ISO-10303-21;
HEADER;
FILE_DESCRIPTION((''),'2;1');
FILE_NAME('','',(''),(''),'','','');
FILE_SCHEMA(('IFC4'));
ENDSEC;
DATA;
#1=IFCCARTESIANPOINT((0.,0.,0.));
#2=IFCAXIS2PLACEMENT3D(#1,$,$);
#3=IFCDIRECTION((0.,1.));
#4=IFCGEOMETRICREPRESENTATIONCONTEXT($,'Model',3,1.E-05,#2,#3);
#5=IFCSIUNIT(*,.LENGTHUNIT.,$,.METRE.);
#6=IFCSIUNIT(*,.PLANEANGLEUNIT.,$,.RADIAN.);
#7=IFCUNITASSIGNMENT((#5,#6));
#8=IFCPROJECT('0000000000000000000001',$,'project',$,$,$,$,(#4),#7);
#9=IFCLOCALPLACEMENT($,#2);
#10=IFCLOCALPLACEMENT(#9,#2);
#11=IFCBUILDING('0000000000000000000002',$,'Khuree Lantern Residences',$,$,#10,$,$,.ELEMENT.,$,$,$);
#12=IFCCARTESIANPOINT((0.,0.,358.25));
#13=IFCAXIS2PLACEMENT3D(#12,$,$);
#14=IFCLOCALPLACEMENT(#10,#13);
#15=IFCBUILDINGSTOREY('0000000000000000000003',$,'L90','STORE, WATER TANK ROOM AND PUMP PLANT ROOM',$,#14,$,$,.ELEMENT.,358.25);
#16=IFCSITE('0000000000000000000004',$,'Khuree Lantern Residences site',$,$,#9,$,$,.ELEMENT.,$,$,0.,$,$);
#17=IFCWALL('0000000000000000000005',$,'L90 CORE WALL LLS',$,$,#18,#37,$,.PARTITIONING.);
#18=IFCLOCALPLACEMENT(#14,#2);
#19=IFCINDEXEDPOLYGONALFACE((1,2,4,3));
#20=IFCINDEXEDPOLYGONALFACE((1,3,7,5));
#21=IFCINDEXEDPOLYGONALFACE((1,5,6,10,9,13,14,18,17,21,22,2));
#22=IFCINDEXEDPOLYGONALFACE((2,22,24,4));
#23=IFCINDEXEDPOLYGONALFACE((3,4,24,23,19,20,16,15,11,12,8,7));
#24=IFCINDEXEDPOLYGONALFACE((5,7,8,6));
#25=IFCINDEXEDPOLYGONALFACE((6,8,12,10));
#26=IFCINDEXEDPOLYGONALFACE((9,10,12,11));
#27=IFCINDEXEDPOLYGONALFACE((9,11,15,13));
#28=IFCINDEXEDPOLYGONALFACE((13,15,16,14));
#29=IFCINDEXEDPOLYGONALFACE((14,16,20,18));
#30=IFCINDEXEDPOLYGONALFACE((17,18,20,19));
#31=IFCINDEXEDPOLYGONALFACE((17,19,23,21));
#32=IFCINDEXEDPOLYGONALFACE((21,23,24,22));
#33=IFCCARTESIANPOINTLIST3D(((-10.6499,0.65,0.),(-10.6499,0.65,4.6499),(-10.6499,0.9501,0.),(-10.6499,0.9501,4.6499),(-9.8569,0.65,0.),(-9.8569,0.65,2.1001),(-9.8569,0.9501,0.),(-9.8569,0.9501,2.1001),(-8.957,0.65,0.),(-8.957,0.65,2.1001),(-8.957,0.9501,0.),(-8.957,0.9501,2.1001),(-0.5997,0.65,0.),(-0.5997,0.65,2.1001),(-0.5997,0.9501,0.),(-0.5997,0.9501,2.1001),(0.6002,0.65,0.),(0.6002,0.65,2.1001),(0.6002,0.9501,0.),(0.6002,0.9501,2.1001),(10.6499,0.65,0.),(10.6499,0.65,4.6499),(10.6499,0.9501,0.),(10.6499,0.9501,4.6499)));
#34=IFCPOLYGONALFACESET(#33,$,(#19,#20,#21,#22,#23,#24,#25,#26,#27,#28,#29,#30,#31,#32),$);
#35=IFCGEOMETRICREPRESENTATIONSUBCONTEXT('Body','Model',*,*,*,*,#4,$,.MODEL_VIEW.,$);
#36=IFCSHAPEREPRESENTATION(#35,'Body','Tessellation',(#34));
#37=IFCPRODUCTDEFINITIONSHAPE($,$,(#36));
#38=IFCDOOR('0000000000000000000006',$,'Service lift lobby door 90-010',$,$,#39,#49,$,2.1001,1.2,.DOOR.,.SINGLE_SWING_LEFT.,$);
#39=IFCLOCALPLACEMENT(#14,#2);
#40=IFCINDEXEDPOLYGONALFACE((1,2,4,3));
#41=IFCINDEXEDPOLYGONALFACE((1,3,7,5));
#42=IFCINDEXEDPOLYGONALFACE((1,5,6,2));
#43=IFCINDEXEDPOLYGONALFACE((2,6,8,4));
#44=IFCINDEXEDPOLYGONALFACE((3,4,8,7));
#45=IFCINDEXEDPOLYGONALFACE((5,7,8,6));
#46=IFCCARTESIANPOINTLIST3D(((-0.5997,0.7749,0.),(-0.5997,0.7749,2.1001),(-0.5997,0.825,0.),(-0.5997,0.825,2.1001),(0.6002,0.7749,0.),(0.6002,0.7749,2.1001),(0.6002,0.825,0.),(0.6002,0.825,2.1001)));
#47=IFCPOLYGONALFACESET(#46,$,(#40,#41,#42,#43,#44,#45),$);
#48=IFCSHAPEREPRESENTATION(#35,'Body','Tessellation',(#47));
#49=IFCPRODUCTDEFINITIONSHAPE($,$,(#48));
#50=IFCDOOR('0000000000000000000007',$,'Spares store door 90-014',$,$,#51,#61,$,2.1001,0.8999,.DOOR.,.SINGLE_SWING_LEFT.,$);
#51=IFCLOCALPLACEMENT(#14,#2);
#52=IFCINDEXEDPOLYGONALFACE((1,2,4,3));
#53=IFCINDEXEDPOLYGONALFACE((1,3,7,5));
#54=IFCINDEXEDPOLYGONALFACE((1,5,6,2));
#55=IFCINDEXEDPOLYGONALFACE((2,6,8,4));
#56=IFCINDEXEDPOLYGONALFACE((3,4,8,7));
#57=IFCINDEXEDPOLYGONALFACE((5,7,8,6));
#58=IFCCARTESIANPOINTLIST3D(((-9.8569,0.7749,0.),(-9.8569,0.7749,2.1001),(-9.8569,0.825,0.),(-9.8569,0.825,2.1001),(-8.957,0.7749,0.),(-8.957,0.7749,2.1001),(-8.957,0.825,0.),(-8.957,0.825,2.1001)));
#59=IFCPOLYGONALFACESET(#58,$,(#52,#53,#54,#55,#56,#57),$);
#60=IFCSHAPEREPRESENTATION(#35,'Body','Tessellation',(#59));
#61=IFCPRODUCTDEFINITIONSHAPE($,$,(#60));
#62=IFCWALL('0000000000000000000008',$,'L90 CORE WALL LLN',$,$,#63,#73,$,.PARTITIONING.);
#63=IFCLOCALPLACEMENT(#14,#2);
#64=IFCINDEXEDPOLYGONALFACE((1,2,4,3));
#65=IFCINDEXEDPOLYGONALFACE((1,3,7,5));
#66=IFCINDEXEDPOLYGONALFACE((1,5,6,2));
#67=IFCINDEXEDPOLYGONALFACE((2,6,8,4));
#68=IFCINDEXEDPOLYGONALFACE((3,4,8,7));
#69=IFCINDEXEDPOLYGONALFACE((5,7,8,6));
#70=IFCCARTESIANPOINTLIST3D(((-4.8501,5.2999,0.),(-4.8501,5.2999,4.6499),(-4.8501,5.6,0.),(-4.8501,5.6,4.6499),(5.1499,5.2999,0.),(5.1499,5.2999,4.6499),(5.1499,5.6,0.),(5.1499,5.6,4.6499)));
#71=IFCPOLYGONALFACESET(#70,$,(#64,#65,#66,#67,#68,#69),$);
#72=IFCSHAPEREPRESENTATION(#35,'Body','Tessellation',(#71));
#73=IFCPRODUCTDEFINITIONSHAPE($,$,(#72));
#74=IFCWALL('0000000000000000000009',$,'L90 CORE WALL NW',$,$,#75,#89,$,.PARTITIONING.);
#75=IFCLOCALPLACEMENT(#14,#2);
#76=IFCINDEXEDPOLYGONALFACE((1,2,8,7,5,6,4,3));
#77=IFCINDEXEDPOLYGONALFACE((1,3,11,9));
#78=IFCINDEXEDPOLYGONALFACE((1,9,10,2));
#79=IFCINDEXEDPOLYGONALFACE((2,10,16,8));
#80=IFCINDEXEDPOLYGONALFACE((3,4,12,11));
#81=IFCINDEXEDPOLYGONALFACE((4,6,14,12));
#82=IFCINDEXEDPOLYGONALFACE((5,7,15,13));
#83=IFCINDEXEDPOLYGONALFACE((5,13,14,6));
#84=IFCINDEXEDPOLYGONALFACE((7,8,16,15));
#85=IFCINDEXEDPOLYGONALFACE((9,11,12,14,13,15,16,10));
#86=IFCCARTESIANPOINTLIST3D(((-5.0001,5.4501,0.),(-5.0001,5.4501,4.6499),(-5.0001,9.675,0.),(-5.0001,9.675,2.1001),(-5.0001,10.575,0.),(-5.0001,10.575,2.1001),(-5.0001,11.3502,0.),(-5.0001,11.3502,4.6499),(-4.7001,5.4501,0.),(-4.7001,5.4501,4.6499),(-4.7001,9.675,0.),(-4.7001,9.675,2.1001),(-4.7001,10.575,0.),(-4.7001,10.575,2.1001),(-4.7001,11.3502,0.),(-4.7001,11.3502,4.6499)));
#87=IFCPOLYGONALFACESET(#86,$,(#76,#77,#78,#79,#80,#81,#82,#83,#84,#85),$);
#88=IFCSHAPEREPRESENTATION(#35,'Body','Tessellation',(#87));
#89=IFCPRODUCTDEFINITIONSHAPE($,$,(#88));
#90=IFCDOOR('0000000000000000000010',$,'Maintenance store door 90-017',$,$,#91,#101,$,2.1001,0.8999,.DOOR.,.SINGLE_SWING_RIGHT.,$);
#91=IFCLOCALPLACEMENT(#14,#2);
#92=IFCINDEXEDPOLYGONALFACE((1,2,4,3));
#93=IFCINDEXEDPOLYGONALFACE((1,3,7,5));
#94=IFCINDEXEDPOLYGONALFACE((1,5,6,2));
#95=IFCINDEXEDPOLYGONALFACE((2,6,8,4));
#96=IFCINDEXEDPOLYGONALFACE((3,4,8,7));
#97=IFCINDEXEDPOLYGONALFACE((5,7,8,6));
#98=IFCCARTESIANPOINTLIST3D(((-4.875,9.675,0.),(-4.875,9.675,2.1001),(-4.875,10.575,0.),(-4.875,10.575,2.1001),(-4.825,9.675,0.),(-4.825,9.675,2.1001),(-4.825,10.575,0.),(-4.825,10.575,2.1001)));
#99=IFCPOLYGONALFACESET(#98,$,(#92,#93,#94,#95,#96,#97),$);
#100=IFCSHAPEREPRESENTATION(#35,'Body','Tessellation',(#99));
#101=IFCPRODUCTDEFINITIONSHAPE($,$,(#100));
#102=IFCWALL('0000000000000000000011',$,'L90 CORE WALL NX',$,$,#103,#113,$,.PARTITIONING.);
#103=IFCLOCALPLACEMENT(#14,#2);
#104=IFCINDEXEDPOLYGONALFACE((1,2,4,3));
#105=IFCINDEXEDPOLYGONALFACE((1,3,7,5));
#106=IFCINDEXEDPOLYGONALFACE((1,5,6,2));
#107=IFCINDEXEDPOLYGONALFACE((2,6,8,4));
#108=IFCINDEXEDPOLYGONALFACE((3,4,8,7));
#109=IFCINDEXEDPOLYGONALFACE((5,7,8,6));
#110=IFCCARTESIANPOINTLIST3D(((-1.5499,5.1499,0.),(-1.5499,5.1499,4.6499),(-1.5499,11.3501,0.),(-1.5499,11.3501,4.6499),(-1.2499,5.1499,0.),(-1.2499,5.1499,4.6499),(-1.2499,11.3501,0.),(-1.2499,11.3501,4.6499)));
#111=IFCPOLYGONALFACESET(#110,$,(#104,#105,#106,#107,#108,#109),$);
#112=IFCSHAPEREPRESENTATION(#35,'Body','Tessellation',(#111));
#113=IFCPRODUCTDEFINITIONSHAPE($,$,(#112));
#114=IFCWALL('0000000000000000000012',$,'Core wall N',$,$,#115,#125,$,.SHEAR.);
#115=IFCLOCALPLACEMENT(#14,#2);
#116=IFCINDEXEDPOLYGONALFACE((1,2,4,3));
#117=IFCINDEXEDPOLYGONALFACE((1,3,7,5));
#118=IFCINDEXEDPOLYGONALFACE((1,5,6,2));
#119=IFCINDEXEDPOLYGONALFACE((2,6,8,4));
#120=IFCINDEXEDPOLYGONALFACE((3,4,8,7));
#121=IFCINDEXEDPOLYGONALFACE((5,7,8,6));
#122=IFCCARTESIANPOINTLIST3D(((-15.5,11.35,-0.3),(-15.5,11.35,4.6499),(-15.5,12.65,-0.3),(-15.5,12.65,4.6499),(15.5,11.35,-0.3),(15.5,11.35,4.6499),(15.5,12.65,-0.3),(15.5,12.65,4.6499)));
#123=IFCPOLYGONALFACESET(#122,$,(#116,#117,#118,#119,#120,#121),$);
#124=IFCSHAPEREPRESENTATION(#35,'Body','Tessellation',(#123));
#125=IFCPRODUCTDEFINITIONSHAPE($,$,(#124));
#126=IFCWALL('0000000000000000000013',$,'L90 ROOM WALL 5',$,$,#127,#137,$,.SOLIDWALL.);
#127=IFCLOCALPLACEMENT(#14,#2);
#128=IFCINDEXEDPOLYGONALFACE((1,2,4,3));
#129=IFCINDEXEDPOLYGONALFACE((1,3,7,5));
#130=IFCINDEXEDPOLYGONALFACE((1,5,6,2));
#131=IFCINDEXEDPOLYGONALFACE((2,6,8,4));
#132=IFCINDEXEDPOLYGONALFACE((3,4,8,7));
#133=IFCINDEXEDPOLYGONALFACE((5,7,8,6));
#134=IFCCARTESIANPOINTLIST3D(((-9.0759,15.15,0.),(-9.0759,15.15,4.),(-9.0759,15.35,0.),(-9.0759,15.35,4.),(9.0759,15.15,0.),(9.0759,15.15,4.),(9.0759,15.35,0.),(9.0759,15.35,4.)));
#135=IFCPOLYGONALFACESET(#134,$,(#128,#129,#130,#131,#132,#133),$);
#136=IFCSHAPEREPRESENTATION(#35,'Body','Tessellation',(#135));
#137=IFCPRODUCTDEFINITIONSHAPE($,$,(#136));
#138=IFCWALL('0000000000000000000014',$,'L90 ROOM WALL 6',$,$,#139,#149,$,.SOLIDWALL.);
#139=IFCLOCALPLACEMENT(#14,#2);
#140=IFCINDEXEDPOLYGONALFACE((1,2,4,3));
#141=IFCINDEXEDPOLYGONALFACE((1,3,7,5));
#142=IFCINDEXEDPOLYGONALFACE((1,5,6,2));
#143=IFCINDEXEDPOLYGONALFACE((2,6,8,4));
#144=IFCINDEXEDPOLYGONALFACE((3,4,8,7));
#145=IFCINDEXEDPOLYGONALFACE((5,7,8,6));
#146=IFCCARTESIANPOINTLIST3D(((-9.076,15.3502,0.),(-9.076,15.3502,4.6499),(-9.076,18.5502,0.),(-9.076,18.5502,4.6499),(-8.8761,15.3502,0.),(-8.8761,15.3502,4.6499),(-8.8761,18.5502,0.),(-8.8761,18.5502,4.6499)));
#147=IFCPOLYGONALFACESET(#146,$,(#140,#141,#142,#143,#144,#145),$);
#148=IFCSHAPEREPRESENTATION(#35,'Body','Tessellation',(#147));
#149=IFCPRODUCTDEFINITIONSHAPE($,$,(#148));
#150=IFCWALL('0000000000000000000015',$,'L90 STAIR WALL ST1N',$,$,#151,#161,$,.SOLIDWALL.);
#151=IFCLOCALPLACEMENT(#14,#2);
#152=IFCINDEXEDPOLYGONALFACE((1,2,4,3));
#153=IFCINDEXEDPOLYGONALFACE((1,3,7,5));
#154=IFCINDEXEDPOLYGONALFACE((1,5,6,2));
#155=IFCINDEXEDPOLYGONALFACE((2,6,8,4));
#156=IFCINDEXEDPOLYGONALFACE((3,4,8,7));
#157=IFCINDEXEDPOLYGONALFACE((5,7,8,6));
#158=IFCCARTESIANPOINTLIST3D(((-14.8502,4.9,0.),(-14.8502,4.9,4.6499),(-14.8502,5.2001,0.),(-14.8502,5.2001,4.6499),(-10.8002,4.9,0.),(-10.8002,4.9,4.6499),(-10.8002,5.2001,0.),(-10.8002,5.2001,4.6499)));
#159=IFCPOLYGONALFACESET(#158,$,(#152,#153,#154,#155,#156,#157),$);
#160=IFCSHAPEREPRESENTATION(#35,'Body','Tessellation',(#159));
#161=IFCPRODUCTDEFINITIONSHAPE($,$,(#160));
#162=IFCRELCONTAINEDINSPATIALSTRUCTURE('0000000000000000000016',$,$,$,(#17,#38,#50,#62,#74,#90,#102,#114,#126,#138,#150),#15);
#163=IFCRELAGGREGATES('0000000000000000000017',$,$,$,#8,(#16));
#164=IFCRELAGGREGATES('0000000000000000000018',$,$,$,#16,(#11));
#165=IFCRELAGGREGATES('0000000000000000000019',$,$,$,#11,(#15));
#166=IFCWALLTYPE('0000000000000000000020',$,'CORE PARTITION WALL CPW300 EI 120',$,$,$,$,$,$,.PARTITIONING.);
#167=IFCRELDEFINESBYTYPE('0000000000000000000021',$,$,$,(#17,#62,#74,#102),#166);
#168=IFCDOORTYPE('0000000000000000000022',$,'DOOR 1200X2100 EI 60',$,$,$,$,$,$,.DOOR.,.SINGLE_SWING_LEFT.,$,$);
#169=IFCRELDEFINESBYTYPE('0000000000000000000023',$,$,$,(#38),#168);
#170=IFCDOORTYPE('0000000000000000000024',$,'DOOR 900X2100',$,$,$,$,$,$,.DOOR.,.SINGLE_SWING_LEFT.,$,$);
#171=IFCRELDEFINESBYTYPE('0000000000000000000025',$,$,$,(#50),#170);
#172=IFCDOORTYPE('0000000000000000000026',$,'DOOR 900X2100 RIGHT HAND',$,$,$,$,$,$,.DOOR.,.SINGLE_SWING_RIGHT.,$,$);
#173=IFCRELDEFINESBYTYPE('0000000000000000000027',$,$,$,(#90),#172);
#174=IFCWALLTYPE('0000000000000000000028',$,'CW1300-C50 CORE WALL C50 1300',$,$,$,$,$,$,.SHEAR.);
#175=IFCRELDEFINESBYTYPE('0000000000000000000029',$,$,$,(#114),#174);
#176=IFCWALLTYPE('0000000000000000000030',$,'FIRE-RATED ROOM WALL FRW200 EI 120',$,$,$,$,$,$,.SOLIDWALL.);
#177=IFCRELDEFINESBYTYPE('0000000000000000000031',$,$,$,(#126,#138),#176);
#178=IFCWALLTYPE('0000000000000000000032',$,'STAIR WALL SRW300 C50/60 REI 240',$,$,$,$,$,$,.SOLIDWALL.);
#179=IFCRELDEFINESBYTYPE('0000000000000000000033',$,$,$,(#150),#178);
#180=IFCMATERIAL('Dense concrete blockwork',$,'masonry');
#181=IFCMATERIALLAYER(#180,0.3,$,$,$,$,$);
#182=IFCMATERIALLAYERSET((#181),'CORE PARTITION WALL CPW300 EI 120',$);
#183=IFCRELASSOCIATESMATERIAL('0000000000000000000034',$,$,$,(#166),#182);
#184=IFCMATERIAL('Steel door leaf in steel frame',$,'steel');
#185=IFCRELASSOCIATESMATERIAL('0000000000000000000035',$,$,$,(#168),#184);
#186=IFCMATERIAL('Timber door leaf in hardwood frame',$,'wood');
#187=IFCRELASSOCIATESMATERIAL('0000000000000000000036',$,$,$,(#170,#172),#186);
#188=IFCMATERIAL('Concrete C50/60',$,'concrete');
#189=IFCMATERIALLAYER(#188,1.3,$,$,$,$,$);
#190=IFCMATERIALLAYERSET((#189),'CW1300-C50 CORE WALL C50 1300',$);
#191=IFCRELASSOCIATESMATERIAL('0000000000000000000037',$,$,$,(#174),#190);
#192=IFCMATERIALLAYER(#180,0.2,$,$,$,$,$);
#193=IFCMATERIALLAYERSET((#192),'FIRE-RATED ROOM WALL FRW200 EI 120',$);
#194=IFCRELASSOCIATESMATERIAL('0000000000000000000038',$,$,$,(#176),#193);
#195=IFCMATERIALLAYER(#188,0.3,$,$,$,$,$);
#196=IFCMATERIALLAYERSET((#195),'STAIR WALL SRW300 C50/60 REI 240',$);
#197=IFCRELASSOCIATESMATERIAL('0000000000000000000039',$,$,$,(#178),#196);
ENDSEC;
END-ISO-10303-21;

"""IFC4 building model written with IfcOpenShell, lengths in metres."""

from ifc_helpers import new_model, si_unit, direction, frame, frame_2d, origin, place, context, subcontext, project, spatial, rectangle, extrude, material, layer, layer_set, type_object, element, fill, save


model = new_model("IFC4")

# Units and contexts
model_context = context("Model", 3, precision=1e-05, world=origin(), true_north=direction((0.0, 1.0)))
body_context = subcontext(model_context, "Body", "Model", "MODEL_VIEW")
ifc_project = project(units=[si_unit("LENGTHUNIT", "METRE"), si_unit("PLANEANGLEUNIT", "RADIAN")], contexts=[model_context])

# Site, building, storey
site_placement = place(None, origin())
site = spatial("IfcSite", under=ifc_project, at=site_placement, Name="Khuree Lantern Residences site", CompositionType="ELEMENT", RefElevation=0.0)
building_placement = place(site_placement, origin())
building = spatial("IfcBuilding", under=site, at=building_placement, Name="Khuree Lantern Residences", CompositionType="ELEMENT")
storey_placement = place(building_placement, frame((0.0, 0.0, 358.25)))
storey = spatial("IfcBuildingStorey", under=building, at=storey_placement, Name="L90", Description="STORE, WATER TANK ROOM AND PUMP PLANT ROOM", CompositionType="ELEMENT", Elevation=358.25)

# Shared definitions
ifc_material_1 = material(Name="Concrete C50/60", Category="concrete")

# Wall, openings, doors
ifc_material_2 = material(Name="Dense concrete blockwork", Category="masonry")
ifc_layer_1 = layer(ifc_material_2, 0.3)
ifc_layer_set_1 = layer_set([ifc_layer_1], Name="CORE PARTITION WALL CPW300 EI 120")
wall_type_1 = type_object("IfcWallType", Name="CORE PARTITION WALL CPW300 EI 120", PredefinedType="PARTITIONING", material=ifc_layer_set_1)
wall_1_placement = place(storey_placement, frame((-10.6499, 0.8, 0.0), z_axis=(0.0, 0.0, 1.0), x_axis=(1.0, 0.0, 0.0)))
wall_1 = element("IfcWall", 1, at=wall_1_placement, inside=storey, type_object=wall_type_1, Name="L90 CORE WALL LLS", PredefinedType="PARTITIONING", context=body_context, shape_type="SweptSolid", body=[
    extrude(rectangle(XDim=21.2998, YDim=0.3, at=frame_2d((10.6499, 0.0))), origin(), (0.0, 0.0, 1.0), 4.6499),
])
opening_1_placement = place(wall_1_placement, frame((10.05, 0.0, 0.0)))
opening_1 = element("IfcOpeningElement", 2, at=opening_1_placement, cuts=wall_1, PredefinedType="OPENING", context=body_context, shape_type="SweptSolid", body=[
    extrude(rectangle(XDim=1.2, YDim=2.1001, at=frame_2d((0.6001, 1.05))), frame((0.0, 0.1602, 0.0), z_axis=(0.0, -1.0, 0.0), x_axis=(1.0, 0.0, 0.0)), (0.0, 0.0, 1.0), 0.3201),
])
opening_2_placement = place(wall_1_placement, frame((0.793, 0.0, 0.0)))
opening_2 = element("IfcOpeningElement", 3, at=opening_2_placement, cuts=wall_1, PredefinedType="OPENING", context=body_context, shape_type="SweptSolid", body=[
    extrude(rectangle(XDim=0.8999, YDim=2.1001, at=frame_2d((0.45, 1.05))), frame((0.0, 0.1602, 0.0), z_axis=(0.0, -1.0, 0.0), x_axis=(1.0, 0.0, 0.0)), (0.0, 0.0, 1.0), 0.3201),
])
ifc_material_3 = material(Name="Steel door leaf in steel frame", Category="steel")
door_type_1 = type_object("IfcDoorType", Name="DOOR 1200X2100 EI 60", OperationType="SINGLE_SWING_LEFT", PredefinedType="DOOR", material=ifc_material_3)
door_1_placement = place(opening_1_placement, origin())
door_1 = element("IfcDoor", 4, at=door_1_placement, inside=storey, type_object=door_type_1, Name="Service lift lobby door 90-010", OperationType="SINGLE_SWING_LEFT", OverallHeight=2.1001, OverallWidth=1.2, PredefinedType="DOOR", context=body_context, shape_type="SweptSolid", body=[
    extrude(rectangle(XDim=1.2, YDim=2.1001, at=frame_2d((0.6001, 1.05))), frame((0.0, 0.0249, 0.0), z_axis=(0.0, -1.0, 0.0), x_axis=(1.0, 0.0, 0.0)), (0.0, 0.0, 1.0), 0.05),
])
fill(opening_1, door_1)
ifc_material_4 = material(Name="Timber door leaf in hardwood frame", Category="wood")
door_type_2 = type_object("IfcDoorType", Name="DOOR 900X2100", OperationType="SINGLE_SWING_LEFT", PredefinedType="DOOR", material=ifc_material_4)
door_2_placement = place(opening_2_placement, origin())
door_2 = element("IfcDoor", 5, at=door_2_placement, inside=storey, type_object=door_type_2, Name="Spares store door 90-014", OperationType="SINGLE_SWING_LEFT", OverallHeight=2.1001, OverallWidth=0.8999, PredefinedType="DOOR", context=body_context, shape_type="SweptSolid", body=[
    extrude(rectangle(XDim=0.8999, YDim=2.1001, at=frame_2d((0.45, 1.05))), frame((0.0, 0.0249, 0.0), z_axis=(0.0, -1.0, 0.0), x_axis=(1.0, 0.0, 0.0)), (0.0, 0.0, 1.0), 0.05),
])
fill(opening_2, door_2)

# Wall
wall_2_placement = place(storey_placement, frame((-4.8501, 5.45, 0.0), z_axis=(0.0, 0.0, 1.0), x_axis=(1.0, 0.0, 0.0)))
element("IfcWall", 6, at=wall_2_placement, inside=storey, type_object=wall_type_1, Name="L90 CORE WALL LLN", PredefinedType="PARTITIONING", context=body_context, shape_type="SweptSolid", body=[
    extrude(rectangle(XDim=10.0, YDim=0.3, at=frame_2d((5.0, 0.0))), origin(), (0.0, 0.0, 1.0), 4.6499),
])

# Wall, opening, door
wall_3_placement = place(storey_placement, frame((-4.8501, 5.45, 0.0), z_axis=(0.0, 0.0, 1.0), x_axis=(0.0, 1.0, 0.0)))
wall_3 = element("IfcWall", 7, at=wall_3_placement, inside=storey, type_object=wall_type_1, Name="L90 CORE WALL NW", PredefinedType="PARTITIONING", context=body_context, shape_type="SweptSolid", body=[
    extrude(rectangle(XDim=5.9001, YDim=0.3, at=frame_2d((2.9502, 0.0))), origin(), (0.0, 0.0, 1.0), 4.6499),
])
opening_3_placement = place(wall_3_placement, frame((4.2251, 0.0, 0.0)))
opening_3 = element("IfcOpeningElement", 8, at=opening_3_placement, cuts=wall_3, PredefinedType="OPENING", context=body_context, shape_type="SweptSolid", body=[
    extrude(rectangle(XDim=0.8999, YDim=2.1001, at=frame_2d((0.45, 1.05))), frame((0.0, 0.1602, 0.0), z_axis=(0.0, -1.0, 0.0), x_axis=(1.0, 0.0, 0.0)), (0.0, 0.0, 1.0), 0.3201),
])
door_type_3 = type_object("IfcDoorType", Name="DOOR 900X2100 RIGHT HAND", OperationType="SINGLE_SWING_RIGHT", PredefinedType="DOOR", material=ifc_material_4)
door_3_placement = place(opening_3_placement, origin())
door_3 = element("IfcDoor", 9, at=door_3_placement, inside=storey, type_object=door_type_3, Name="Maintenance store door 90-017", OperationType="SINGLE_SWING_RIGHT", OverallHeight=2.1001, OverallWidth=0.8999, PredefinedType="DOOR", context=body_context, shape_type="SweptSolid", body=[
    extrude(rectangle(XDim=0.8999, YDim=2.1001, at=frame_2d((0.45, 1.05))), frame((0.0, 0.0249, 0.0), z_axis=(0.0, -1.0, 0.0), x_axis=(1.0, 0.0, 0.0)), (0.0, 0.0, 1.0), 0.05),
])
fill(opening_3, door_3)

# Walls
wall_4_placement = place(storey_placement, frame((-1.3999, 5.1499, 0.0), z_axis=(0.0, 0.0, 1.0), x_axis=(0.0, 1.0, 0.0)))
element("IfcWall", 10, at=wall_4_placement, inside=storey, type_object=wall_type_1, Name="L90 CORE WALL NX", PredefinedType="PARTITIONING", context=body_context, shape_type="SweptSolid", body=[
    extrude(rectangle(XDim=6.2002, YDim=0.3, at=frame_2d((3.1001, 0.0))), origin(), (0.0, 0.0, 1.0), 4.6499),
])
ifc_layer_2 = layer(ifc_material_1, 1.3)
ifc_layer_set_2 = layer_set([ifc_layer_2], Name="CW1300-C50 CORE WALL C50 1300")
wall_type_2 = type_object("IfcWallType", Name="CW1300-C50 CORE WALL C50 1300", PredefinedType="SHEAR", material=ifc_layer_set_2)
wall_5_placement = place(storey_placement, frame((-15.5, 12.0, -0.3), z_axis=(0.0, 0.0, 1.0), x_axis=(1.0, 0.0, 0.0)))
element("IfcWall", 11, at=wall_5_placement, inside=storey, type_object=wall_type_2, Name="Core wall N", PredefinedType="SHEAR", context=body_context, shape_type="SweptSolid", body=[
    extrude(rectangle(XDim=31.0, YDim=1.3, at=frame_2d((15.5, 0.0))), origin(), (0.0, 0.0, 1.0), 4.95),
])
ifc_layer_3 = layer(ifc_material_2, 0.2)
ifc_layer_set_3 = layer_set([ifc_layer_3], Name="FIRE-RATED ROOM WALL FRW200 EI 120")
wall_type_3 = type_object("IfcWallType", Name="FIRE-RATED ROOM WALL FRW200 EI 120", PredefinedType="SOLIDWALL", material=ifc_layer_set_3)
wall_6_placement = place(storey_placement, frame((-9.0759, 15.25, 0.0), z_axis=(0.0, 0.0, 1.0), x_axis=(1.0, 0.0, 0.0)))
element("IfcWall", 12, at=wall_6_placement, inside=storey, type_object=wall_type_3, Name="L90 ROOM WALL 5", PredefinedType="SOLIDWALL", context=body_context, shape_type="SweptSolid", body=[
    extrude(rectangle(XDim=18.1519, YDim=0.2, at=frame_2d((9.0759, 0.0))), origin(), (0.0, 0.0, 1.0), 4.0),
])
wall_7_placement = place(storey_placement, frame((-8.9761, 15.3501, 0.0), z_axis=(0.0, 0.0, 1.0), x_axis=(0.0, 1.0, 0.0)))
element("IfcWall", 13, at=wall_7_placement, inside=storey, type_object=wall_type_3, Name="L90 ROOM WALL 6", PredefinedType="SOLIDWALL", context=body_context, shape_type="SweptSolid", body=[
    extrude(rectangle(XDim=3.2, YDim=0.2, at=frame_2d((1.6001, 0.0))), origin(), (0.0, 0.0, 1.0), 4.6499),
])
ifc_layer_4 = layer(ifc_material_1, 0.3)
ifc_layer_set_4 = layer_set([ifc_layer_4], Name="STAIR WALL SRW300 C50/60 REI 240")
wall_type_4 = type_object("IfcWallType", Name="STAIR WALL SRW300 C50/60 REI 240", PredefinedType="SOLIDWALL", material=ifc_layer_set_4)
wall_8_placement = place(storey_placement, frame((-14.8501, 5.05, 0.0), z_axis=(0.0, 0.0, 1.0), x_axis=(1.0, 0.0, 0.0)))
element("IfcWall", 14, at=wall_8_placement, inside=storey, type_object=wall_type_4, Name="L90 STAIR WALL ST1N", PredefinedType="SOLIDWALL", context=body_context, shape_type="SweptSolid", body=[
    extrude(rectangle(XDim=4.05, YDim=0.3, at=frame_2d((2.0249, 0.0))), origin(), (0.0, 0.0, 1.0), 4.6499),
])

save(model, "model.ifc")
